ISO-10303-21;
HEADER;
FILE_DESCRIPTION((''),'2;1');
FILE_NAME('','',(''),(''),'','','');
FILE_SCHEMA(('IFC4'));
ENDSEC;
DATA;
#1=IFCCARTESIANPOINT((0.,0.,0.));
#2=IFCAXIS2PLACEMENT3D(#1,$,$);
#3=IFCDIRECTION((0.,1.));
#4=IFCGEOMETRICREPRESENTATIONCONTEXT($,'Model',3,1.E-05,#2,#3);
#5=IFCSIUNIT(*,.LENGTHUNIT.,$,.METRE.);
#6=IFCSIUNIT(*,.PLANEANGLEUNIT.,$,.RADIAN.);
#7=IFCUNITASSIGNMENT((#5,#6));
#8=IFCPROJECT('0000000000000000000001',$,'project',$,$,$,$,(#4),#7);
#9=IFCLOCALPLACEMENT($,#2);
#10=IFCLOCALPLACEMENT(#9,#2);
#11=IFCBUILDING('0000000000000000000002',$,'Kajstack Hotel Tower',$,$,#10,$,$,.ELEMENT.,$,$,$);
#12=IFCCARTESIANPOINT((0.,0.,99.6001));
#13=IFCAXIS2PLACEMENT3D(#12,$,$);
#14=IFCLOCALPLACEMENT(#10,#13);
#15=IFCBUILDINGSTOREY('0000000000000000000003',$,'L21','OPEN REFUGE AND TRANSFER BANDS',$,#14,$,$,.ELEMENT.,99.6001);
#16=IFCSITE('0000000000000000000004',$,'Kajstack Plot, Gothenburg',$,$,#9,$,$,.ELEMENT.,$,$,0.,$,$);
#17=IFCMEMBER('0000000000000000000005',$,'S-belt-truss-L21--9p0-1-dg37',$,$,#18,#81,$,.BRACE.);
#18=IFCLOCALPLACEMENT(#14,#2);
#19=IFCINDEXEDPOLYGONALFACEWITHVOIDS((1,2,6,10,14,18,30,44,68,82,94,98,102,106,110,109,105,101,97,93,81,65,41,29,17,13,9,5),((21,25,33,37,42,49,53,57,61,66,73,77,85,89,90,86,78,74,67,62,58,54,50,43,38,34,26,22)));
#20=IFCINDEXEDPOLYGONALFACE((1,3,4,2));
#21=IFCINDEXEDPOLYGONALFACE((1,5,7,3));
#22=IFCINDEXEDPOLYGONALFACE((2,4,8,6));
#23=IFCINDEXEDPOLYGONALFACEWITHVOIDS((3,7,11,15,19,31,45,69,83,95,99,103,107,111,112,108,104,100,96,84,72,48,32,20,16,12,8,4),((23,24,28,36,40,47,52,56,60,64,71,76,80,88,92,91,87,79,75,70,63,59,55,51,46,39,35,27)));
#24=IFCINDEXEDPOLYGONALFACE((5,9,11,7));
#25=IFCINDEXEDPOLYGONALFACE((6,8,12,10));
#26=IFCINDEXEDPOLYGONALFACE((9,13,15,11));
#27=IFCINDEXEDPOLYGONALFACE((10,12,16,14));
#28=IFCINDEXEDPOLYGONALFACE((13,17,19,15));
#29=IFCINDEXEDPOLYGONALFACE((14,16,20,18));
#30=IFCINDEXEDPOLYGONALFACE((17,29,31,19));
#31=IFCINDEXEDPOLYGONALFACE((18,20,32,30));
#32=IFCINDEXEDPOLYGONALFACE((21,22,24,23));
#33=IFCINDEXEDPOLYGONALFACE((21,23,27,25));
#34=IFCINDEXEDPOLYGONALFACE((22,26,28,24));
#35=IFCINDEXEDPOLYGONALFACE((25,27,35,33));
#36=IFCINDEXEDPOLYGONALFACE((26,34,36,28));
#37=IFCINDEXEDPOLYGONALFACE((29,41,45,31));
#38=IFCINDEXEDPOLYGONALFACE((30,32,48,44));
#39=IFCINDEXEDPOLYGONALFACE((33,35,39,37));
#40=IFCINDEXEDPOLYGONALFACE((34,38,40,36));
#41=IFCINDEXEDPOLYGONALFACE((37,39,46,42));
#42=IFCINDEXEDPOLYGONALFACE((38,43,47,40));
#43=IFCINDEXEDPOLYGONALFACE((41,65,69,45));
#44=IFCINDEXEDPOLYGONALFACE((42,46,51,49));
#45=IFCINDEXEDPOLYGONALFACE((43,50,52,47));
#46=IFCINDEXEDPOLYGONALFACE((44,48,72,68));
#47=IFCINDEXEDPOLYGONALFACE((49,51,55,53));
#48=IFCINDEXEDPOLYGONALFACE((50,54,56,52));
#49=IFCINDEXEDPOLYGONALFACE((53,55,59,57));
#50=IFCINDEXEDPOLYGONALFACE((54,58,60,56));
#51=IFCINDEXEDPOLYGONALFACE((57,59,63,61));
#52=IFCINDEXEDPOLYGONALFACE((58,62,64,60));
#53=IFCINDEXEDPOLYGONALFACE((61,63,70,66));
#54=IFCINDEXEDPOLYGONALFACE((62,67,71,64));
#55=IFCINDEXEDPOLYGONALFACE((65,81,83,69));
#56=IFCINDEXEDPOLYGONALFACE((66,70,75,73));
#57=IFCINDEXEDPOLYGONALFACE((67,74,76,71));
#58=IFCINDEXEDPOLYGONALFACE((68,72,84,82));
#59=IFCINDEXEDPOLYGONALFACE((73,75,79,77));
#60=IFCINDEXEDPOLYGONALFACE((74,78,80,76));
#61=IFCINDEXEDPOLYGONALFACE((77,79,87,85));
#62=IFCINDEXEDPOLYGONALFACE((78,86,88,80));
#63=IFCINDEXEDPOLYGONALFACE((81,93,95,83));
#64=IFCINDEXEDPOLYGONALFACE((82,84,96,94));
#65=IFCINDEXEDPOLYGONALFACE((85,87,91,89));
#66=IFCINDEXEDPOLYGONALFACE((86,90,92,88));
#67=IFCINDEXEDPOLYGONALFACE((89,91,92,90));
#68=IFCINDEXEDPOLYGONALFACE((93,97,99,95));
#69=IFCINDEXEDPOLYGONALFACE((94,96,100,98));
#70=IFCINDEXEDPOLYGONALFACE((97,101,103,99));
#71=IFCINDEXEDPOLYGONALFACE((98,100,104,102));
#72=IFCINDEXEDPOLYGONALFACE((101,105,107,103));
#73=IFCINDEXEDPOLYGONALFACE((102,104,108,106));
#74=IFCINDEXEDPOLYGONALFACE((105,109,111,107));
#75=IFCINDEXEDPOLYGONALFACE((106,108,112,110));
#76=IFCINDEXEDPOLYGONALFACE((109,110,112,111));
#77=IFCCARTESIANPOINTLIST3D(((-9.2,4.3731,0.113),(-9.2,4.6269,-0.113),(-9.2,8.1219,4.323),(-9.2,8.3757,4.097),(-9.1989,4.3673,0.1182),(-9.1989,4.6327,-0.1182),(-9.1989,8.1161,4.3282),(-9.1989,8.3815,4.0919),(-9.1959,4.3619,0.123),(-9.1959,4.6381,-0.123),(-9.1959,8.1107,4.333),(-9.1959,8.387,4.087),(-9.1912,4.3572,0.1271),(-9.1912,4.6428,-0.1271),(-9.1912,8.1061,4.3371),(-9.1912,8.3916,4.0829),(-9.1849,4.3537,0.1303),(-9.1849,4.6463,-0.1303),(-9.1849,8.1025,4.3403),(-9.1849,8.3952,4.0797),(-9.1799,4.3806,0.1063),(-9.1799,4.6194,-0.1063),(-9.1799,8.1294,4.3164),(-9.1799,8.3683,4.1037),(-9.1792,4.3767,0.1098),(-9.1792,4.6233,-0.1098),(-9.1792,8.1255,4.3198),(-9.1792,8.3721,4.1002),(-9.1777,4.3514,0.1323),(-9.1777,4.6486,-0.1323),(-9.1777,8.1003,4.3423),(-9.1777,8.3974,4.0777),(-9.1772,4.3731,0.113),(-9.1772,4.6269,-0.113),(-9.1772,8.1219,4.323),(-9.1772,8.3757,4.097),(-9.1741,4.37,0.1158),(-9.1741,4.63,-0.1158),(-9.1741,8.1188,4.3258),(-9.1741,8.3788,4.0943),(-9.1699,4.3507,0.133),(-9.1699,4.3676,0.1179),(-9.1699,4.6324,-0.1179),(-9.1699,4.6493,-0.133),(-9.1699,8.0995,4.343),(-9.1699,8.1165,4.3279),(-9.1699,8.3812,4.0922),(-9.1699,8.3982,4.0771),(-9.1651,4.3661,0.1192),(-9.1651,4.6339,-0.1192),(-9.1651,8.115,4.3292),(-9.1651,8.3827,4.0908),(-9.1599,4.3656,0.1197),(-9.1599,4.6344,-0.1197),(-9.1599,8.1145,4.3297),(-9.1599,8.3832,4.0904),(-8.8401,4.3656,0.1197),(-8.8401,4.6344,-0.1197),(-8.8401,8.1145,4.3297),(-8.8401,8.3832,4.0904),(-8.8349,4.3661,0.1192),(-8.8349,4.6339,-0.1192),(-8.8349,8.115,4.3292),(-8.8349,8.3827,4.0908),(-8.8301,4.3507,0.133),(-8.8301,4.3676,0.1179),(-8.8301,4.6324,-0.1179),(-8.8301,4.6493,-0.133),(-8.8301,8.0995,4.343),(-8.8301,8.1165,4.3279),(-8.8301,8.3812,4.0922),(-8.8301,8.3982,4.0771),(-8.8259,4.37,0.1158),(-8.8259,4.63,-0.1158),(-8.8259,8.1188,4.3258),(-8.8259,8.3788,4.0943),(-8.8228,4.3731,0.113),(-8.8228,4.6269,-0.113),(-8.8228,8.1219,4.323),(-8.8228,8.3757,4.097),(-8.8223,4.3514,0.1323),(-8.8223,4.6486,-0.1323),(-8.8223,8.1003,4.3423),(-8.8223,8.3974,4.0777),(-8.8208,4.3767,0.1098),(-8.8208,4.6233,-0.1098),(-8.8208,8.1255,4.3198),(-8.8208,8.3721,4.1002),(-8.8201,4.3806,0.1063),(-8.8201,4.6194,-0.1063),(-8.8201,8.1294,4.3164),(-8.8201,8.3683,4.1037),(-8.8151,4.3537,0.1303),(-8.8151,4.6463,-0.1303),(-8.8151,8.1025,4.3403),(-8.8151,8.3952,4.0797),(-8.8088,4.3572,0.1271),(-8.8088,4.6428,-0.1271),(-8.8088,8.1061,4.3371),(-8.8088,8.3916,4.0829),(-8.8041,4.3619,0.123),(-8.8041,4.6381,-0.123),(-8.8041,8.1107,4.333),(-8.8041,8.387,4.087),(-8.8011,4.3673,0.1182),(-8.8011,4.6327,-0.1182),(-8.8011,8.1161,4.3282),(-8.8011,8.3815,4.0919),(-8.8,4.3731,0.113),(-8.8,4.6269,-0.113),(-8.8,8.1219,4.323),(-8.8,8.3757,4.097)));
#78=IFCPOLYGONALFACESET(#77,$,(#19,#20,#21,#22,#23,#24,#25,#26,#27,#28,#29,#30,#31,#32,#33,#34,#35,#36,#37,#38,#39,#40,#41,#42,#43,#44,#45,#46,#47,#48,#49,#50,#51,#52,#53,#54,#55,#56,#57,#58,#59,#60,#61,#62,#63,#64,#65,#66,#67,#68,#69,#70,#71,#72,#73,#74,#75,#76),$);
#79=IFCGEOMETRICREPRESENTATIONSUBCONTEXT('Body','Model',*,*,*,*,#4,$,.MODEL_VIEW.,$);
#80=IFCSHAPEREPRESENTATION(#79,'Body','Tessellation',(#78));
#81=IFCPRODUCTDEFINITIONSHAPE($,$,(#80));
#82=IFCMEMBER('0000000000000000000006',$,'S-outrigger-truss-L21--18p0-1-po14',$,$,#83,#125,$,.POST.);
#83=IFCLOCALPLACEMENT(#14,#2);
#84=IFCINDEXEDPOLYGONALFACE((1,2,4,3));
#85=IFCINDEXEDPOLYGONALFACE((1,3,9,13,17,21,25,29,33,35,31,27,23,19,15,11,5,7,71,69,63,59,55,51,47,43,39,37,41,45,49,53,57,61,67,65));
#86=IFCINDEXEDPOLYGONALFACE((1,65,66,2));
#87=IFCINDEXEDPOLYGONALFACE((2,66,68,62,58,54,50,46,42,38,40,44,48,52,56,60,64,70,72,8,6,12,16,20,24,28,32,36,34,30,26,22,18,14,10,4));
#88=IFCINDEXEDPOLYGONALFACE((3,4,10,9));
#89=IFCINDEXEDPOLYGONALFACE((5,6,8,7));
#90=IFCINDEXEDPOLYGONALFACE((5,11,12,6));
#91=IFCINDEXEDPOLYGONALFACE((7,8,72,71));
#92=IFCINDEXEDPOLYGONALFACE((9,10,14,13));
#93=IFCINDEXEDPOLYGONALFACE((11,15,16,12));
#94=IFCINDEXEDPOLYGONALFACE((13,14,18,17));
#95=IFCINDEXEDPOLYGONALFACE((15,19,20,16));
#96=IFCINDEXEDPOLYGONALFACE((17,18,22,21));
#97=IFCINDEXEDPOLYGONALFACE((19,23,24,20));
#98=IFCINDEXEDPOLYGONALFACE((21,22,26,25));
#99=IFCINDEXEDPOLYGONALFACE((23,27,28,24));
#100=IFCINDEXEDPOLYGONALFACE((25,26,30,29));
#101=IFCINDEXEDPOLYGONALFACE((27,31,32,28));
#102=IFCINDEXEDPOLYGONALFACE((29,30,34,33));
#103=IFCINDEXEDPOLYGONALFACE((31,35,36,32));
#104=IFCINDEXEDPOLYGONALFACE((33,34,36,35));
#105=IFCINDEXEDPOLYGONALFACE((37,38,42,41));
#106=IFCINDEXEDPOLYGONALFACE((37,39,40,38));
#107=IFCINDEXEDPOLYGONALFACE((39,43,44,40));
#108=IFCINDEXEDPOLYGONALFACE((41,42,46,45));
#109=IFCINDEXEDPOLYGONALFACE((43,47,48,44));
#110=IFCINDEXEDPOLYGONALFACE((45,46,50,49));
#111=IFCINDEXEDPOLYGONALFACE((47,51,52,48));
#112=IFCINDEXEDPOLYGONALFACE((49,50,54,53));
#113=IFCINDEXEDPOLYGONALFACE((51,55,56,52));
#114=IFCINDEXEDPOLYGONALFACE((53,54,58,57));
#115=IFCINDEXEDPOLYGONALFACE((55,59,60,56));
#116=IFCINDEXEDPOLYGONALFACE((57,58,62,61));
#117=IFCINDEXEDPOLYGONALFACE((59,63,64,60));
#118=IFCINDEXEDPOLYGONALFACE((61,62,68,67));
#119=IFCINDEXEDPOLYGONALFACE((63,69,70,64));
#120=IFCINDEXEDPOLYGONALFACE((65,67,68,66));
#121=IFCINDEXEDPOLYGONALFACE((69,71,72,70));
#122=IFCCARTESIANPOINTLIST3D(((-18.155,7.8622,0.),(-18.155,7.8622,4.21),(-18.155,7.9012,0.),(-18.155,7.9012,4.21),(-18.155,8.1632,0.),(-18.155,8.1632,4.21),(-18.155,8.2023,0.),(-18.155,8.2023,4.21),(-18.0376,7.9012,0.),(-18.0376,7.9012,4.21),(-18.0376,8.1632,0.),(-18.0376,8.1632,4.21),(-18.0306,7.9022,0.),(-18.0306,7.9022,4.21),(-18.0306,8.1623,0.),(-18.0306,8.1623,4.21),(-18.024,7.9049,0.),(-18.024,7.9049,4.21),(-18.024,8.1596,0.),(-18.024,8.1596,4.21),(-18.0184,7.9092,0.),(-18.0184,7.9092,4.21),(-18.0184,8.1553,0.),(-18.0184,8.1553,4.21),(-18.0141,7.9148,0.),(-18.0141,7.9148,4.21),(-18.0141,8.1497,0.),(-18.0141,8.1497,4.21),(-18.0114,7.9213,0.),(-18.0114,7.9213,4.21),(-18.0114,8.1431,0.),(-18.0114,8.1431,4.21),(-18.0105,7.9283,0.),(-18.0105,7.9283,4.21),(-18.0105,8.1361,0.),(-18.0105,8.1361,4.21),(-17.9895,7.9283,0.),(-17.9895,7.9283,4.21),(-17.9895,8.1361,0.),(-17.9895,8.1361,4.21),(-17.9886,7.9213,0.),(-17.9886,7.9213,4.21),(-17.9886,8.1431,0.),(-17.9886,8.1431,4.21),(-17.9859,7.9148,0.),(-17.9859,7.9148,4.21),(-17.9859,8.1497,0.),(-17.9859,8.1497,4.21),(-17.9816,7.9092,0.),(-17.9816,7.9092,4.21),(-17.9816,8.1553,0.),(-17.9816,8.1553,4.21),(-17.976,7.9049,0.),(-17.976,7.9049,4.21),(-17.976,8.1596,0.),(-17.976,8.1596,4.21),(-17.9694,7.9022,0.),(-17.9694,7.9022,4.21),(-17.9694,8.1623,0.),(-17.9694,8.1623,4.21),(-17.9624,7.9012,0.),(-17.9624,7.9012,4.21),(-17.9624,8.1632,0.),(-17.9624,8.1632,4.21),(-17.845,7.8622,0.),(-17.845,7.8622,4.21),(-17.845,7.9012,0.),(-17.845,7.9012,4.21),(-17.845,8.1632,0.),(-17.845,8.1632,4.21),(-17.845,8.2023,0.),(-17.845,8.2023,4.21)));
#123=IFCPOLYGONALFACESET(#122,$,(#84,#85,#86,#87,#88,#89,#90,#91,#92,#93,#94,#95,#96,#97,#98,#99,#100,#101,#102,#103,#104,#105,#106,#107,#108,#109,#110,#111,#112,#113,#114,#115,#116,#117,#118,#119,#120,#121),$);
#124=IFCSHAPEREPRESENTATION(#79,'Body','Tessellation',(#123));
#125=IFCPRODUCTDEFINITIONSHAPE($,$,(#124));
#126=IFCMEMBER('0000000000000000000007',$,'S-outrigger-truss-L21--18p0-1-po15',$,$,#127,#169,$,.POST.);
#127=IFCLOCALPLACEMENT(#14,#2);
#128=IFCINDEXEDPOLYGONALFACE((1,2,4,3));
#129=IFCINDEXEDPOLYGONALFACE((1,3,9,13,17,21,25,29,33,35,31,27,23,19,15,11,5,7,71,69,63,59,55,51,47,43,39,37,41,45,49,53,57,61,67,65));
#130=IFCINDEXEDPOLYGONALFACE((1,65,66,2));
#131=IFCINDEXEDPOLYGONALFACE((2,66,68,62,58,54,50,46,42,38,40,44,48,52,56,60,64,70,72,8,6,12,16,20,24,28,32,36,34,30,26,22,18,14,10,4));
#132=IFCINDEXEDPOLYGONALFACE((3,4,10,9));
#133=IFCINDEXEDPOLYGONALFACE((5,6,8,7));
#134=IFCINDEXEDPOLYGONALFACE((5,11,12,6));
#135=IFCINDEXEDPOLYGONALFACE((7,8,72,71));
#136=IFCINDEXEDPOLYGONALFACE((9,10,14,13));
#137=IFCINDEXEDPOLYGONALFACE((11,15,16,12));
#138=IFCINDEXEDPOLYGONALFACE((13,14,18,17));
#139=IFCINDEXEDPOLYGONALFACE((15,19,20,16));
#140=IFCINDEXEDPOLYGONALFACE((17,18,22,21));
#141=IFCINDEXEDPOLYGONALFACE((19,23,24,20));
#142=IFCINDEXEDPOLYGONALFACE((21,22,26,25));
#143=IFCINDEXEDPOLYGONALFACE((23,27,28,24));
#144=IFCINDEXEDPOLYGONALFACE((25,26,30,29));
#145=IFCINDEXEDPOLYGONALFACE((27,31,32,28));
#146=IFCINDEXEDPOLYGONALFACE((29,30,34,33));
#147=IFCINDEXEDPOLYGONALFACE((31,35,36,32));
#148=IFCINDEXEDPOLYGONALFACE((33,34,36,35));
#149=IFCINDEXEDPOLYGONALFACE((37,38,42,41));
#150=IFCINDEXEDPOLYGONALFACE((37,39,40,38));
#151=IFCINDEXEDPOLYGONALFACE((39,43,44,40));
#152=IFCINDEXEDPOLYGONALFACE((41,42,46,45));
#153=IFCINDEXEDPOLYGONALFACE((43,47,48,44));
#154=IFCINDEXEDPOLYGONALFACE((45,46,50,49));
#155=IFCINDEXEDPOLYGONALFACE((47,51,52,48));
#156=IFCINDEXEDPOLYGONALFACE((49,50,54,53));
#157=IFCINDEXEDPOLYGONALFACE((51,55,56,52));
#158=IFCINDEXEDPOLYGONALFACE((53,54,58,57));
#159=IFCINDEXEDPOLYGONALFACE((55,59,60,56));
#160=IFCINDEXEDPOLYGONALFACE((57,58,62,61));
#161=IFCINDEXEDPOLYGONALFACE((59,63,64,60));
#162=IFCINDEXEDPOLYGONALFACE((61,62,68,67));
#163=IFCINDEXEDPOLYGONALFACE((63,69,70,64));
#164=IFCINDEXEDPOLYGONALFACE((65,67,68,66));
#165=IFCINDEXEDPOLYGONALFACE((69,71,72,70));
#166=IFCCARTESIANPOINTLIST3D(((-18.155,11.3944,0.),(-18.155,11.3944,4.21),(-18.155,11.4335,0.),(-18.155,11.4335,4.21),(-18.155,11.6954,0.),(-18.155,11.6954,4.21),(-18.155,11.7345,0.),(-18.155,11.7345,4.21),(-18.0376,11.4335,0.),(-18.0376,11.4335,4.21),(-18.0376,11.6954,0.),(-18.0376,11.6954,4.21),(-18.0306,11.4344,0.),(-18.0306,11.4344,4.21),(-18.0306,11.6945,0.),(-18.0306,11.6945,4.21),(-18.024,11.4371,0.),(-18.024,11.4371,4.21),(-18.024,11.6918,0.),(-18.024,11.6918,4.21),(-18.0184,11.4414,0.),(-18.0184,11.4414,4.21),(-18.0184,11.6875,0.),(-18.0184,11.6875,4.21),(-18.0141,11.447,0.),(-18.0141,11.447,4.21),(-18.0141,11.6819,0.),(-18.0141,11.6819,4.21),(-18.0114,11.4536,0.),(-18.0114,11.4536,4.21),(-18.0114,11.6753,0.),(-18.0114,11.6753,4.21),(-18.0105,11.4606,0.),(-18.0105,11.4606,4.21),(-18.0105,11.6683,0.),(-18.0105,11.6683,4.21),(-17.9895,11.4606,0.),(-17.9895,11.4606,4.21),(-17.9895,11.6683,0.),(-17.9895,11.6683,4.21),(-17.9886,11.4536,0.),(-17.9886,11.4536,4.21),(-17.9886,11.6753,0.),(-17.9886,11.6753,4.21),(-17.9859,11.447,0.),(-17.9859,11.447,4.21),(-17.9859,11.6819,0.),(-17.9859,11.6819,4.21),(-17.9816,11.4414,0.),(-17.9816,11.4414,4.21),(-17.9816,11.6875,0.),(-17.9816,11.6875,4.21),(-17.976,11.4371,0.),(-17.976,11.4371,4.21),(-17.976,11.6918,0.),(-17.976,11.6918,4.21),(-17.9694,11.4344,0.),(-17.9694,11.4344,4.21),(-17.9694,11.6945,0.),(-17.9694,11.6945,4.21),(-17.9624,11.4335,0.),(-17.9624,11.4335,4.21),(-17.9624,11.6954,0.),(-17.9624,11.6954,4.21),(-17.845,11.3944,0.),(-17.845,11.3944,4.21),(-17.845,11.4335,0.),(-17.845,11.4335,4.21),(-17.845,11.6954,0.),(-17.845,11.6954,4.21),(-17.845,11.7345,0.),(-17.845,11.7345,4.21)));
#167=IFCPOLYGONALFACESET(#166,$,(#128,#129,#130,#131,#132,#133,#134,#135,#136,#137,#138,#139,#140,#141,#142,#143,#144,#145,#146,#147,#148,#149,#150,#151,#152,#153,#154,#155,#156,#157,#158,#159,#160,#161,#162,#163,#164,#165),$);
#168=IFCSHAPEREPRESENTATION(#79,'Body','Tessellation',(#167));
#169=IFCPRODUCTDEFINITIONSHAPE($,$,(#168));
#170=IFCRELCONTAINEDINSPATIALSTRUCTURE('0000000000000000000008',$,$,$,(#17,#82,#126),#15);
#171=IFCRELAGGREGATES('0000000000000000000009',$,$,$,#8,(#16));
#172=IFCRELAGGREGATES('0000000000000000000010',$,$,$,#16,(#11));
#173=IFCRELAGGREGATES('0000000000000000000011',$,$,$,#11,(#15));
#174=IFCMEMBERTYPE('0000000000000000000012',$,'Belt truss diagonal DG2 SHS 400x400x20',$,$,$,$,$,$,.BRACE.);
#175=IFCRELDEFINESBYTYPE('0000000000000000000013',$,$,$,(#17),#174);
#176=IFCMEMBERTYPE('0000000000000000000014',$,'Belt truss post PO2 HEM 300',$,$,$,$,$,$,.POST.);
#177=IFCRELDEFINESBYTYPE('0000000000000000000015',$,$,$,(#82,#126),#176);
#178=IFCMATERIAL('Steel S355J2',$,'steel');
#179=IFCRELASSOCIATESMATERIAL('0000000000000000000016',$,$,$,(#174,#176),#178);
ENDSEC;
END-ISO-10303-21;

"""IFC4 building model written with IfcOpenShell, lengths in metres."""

from ifc_helpers import new_model, si_unit, direction, frame, origin, origin_2d, place, context, subcontext, project, spatial, hollow_rectangle, i_section, extrude, material, material_profile, profile_set, type_object, element, save


model = new_model("IFC4")

# Units and contexts
model_context = context("Model", 3, precision=1e-05, world=origin(), true_north=direction((0.0, 1.0)))
body_context = subcontext(model_context, "Body", "Model", "MODEL_VIEW")
ifc_project = project(units=[si_unit("LENGTHUNIT", "METRE"), si_unit("PLANEANGLEUNIT", "RADIAN")], contexts=[model_context])

# Site, building, storey
site_placement = place(None, origin())
site = spatial("IfcSite", under=ifc_project, at=site_placement, Name="Kajstack Plot, Gothenburg", CompositionType="ELEMENT", RefElevation=0.0)
building_placement = place(site_placement, origin())
building = spatial("IfcBuilding", under=site, at=building_placement, Name="Kajstack Hotel Tower", CompositionType="ELEMENT")
storey_placement = place(building_placement, frame((0.0, 0.0, 99.6001)))
storey = spatial("IfcBuildingStorey", under=building, at=storey_placement, Name="L21", Description="OPEN REFUGE AND TRANSFER BANDS", CompositionType="ELEMENT", Elevation=99.6001)

# Members
ifc_material_1 = material(Name="Steel S355J2", Category="steel")
ifc_material_profile_1 = material_profile(ifc_material_1, hollow_rectangle(XDim=0.3999, YDim=0.3999, WallThickness=0.02, InnerFilletRadius=0.02, OuterFilletRadius=0.03, at=origin_2d()), Name="SHS 400x400x20")
ifc_profile_set_1 = profile_set([ifc_material_profile_1], Name="Steel S355J2")
member_type_1 = type_object("IfcMemberType", Name="Belt truss diagonal DG2 SHS 400x400x20", PredefinedType="BRACE", material=ifc_profile_set_1)
member_1_placement = place(storey_placement, frame((-9.0, 4.5, 0.0), z_axis=(0.0, 0.665017, 0.746828), x_axis=(-1.0, 0.0, 0.0)))
element("IfcMember", 1, at=member_1_placement, inside=storey, type_object=member_type_1, Name="S-belt-truss-L21--9p0-1-dg37", PredefinedType="BRACE", context=body_context, shape_type="SweptSolid", body=[
    extrude(hollow_rectangle(XDim=0.3999, YDim=0.3999, WallThickness=0.02, InnerFilletRadius=0.02, OuterFilletRadius=0.03, at=origin_2d()), origin(), (0.0, 0.0, 1.0), 5.6372),
])
ifc_material_profile_2 = material_profile(ifc_material_1, i_section(OverallWidth=0.3101, OverallDepth=0.3401, WebThickness=0.021, FlangeThickness=0.0391, FilletRadius=0.0271, at=origin_2d()), Name="HEM 300")
ifc_profile_set_2 = profile_set([ifc_material_profile_2], Name="Steel S355J2")
member_type_2 = type_object("IfcMemberType", Name="Belt truss post PO2 HEM 300", PredefinedType="POST", material=ifc_profile_set_2)
for number, where, z_axis, x_axis, name in (
    (2, (-18.0, 8.0322, 0.0), (0.0, 0.0, 1.0), (1.0, 0.0, 0.0), "S-outrigger-truss-L21--18p0-1-po14"),
    (3, (-18.0, 11.5645, 0.0), (0.0, 0.0, 1.0), (1.0, 0.0, 0.0), "S-outrigger-truss-L21--18p0-1-po15"),
):
    element("IfcMember", number, at=place(storey_placement, frame(where, z_axis=z_axis, x_axis=x_axis)), inside=storey, type_object=member_type_2, Name=name, PredefinedType="POST", context=body_context, shape_type="SweptSolid", body=[
        extrude(i_section(OverallWidth=0.3101, OverallDepth=0.3401, WebThickness=0.021, FlangeThickness=0.0391, FilletRadius=0.0271, at=origin_2d()), origin(), (0.0, 0.0, 1.0), 4.21),
    ])

save(model, "model.ifc")
